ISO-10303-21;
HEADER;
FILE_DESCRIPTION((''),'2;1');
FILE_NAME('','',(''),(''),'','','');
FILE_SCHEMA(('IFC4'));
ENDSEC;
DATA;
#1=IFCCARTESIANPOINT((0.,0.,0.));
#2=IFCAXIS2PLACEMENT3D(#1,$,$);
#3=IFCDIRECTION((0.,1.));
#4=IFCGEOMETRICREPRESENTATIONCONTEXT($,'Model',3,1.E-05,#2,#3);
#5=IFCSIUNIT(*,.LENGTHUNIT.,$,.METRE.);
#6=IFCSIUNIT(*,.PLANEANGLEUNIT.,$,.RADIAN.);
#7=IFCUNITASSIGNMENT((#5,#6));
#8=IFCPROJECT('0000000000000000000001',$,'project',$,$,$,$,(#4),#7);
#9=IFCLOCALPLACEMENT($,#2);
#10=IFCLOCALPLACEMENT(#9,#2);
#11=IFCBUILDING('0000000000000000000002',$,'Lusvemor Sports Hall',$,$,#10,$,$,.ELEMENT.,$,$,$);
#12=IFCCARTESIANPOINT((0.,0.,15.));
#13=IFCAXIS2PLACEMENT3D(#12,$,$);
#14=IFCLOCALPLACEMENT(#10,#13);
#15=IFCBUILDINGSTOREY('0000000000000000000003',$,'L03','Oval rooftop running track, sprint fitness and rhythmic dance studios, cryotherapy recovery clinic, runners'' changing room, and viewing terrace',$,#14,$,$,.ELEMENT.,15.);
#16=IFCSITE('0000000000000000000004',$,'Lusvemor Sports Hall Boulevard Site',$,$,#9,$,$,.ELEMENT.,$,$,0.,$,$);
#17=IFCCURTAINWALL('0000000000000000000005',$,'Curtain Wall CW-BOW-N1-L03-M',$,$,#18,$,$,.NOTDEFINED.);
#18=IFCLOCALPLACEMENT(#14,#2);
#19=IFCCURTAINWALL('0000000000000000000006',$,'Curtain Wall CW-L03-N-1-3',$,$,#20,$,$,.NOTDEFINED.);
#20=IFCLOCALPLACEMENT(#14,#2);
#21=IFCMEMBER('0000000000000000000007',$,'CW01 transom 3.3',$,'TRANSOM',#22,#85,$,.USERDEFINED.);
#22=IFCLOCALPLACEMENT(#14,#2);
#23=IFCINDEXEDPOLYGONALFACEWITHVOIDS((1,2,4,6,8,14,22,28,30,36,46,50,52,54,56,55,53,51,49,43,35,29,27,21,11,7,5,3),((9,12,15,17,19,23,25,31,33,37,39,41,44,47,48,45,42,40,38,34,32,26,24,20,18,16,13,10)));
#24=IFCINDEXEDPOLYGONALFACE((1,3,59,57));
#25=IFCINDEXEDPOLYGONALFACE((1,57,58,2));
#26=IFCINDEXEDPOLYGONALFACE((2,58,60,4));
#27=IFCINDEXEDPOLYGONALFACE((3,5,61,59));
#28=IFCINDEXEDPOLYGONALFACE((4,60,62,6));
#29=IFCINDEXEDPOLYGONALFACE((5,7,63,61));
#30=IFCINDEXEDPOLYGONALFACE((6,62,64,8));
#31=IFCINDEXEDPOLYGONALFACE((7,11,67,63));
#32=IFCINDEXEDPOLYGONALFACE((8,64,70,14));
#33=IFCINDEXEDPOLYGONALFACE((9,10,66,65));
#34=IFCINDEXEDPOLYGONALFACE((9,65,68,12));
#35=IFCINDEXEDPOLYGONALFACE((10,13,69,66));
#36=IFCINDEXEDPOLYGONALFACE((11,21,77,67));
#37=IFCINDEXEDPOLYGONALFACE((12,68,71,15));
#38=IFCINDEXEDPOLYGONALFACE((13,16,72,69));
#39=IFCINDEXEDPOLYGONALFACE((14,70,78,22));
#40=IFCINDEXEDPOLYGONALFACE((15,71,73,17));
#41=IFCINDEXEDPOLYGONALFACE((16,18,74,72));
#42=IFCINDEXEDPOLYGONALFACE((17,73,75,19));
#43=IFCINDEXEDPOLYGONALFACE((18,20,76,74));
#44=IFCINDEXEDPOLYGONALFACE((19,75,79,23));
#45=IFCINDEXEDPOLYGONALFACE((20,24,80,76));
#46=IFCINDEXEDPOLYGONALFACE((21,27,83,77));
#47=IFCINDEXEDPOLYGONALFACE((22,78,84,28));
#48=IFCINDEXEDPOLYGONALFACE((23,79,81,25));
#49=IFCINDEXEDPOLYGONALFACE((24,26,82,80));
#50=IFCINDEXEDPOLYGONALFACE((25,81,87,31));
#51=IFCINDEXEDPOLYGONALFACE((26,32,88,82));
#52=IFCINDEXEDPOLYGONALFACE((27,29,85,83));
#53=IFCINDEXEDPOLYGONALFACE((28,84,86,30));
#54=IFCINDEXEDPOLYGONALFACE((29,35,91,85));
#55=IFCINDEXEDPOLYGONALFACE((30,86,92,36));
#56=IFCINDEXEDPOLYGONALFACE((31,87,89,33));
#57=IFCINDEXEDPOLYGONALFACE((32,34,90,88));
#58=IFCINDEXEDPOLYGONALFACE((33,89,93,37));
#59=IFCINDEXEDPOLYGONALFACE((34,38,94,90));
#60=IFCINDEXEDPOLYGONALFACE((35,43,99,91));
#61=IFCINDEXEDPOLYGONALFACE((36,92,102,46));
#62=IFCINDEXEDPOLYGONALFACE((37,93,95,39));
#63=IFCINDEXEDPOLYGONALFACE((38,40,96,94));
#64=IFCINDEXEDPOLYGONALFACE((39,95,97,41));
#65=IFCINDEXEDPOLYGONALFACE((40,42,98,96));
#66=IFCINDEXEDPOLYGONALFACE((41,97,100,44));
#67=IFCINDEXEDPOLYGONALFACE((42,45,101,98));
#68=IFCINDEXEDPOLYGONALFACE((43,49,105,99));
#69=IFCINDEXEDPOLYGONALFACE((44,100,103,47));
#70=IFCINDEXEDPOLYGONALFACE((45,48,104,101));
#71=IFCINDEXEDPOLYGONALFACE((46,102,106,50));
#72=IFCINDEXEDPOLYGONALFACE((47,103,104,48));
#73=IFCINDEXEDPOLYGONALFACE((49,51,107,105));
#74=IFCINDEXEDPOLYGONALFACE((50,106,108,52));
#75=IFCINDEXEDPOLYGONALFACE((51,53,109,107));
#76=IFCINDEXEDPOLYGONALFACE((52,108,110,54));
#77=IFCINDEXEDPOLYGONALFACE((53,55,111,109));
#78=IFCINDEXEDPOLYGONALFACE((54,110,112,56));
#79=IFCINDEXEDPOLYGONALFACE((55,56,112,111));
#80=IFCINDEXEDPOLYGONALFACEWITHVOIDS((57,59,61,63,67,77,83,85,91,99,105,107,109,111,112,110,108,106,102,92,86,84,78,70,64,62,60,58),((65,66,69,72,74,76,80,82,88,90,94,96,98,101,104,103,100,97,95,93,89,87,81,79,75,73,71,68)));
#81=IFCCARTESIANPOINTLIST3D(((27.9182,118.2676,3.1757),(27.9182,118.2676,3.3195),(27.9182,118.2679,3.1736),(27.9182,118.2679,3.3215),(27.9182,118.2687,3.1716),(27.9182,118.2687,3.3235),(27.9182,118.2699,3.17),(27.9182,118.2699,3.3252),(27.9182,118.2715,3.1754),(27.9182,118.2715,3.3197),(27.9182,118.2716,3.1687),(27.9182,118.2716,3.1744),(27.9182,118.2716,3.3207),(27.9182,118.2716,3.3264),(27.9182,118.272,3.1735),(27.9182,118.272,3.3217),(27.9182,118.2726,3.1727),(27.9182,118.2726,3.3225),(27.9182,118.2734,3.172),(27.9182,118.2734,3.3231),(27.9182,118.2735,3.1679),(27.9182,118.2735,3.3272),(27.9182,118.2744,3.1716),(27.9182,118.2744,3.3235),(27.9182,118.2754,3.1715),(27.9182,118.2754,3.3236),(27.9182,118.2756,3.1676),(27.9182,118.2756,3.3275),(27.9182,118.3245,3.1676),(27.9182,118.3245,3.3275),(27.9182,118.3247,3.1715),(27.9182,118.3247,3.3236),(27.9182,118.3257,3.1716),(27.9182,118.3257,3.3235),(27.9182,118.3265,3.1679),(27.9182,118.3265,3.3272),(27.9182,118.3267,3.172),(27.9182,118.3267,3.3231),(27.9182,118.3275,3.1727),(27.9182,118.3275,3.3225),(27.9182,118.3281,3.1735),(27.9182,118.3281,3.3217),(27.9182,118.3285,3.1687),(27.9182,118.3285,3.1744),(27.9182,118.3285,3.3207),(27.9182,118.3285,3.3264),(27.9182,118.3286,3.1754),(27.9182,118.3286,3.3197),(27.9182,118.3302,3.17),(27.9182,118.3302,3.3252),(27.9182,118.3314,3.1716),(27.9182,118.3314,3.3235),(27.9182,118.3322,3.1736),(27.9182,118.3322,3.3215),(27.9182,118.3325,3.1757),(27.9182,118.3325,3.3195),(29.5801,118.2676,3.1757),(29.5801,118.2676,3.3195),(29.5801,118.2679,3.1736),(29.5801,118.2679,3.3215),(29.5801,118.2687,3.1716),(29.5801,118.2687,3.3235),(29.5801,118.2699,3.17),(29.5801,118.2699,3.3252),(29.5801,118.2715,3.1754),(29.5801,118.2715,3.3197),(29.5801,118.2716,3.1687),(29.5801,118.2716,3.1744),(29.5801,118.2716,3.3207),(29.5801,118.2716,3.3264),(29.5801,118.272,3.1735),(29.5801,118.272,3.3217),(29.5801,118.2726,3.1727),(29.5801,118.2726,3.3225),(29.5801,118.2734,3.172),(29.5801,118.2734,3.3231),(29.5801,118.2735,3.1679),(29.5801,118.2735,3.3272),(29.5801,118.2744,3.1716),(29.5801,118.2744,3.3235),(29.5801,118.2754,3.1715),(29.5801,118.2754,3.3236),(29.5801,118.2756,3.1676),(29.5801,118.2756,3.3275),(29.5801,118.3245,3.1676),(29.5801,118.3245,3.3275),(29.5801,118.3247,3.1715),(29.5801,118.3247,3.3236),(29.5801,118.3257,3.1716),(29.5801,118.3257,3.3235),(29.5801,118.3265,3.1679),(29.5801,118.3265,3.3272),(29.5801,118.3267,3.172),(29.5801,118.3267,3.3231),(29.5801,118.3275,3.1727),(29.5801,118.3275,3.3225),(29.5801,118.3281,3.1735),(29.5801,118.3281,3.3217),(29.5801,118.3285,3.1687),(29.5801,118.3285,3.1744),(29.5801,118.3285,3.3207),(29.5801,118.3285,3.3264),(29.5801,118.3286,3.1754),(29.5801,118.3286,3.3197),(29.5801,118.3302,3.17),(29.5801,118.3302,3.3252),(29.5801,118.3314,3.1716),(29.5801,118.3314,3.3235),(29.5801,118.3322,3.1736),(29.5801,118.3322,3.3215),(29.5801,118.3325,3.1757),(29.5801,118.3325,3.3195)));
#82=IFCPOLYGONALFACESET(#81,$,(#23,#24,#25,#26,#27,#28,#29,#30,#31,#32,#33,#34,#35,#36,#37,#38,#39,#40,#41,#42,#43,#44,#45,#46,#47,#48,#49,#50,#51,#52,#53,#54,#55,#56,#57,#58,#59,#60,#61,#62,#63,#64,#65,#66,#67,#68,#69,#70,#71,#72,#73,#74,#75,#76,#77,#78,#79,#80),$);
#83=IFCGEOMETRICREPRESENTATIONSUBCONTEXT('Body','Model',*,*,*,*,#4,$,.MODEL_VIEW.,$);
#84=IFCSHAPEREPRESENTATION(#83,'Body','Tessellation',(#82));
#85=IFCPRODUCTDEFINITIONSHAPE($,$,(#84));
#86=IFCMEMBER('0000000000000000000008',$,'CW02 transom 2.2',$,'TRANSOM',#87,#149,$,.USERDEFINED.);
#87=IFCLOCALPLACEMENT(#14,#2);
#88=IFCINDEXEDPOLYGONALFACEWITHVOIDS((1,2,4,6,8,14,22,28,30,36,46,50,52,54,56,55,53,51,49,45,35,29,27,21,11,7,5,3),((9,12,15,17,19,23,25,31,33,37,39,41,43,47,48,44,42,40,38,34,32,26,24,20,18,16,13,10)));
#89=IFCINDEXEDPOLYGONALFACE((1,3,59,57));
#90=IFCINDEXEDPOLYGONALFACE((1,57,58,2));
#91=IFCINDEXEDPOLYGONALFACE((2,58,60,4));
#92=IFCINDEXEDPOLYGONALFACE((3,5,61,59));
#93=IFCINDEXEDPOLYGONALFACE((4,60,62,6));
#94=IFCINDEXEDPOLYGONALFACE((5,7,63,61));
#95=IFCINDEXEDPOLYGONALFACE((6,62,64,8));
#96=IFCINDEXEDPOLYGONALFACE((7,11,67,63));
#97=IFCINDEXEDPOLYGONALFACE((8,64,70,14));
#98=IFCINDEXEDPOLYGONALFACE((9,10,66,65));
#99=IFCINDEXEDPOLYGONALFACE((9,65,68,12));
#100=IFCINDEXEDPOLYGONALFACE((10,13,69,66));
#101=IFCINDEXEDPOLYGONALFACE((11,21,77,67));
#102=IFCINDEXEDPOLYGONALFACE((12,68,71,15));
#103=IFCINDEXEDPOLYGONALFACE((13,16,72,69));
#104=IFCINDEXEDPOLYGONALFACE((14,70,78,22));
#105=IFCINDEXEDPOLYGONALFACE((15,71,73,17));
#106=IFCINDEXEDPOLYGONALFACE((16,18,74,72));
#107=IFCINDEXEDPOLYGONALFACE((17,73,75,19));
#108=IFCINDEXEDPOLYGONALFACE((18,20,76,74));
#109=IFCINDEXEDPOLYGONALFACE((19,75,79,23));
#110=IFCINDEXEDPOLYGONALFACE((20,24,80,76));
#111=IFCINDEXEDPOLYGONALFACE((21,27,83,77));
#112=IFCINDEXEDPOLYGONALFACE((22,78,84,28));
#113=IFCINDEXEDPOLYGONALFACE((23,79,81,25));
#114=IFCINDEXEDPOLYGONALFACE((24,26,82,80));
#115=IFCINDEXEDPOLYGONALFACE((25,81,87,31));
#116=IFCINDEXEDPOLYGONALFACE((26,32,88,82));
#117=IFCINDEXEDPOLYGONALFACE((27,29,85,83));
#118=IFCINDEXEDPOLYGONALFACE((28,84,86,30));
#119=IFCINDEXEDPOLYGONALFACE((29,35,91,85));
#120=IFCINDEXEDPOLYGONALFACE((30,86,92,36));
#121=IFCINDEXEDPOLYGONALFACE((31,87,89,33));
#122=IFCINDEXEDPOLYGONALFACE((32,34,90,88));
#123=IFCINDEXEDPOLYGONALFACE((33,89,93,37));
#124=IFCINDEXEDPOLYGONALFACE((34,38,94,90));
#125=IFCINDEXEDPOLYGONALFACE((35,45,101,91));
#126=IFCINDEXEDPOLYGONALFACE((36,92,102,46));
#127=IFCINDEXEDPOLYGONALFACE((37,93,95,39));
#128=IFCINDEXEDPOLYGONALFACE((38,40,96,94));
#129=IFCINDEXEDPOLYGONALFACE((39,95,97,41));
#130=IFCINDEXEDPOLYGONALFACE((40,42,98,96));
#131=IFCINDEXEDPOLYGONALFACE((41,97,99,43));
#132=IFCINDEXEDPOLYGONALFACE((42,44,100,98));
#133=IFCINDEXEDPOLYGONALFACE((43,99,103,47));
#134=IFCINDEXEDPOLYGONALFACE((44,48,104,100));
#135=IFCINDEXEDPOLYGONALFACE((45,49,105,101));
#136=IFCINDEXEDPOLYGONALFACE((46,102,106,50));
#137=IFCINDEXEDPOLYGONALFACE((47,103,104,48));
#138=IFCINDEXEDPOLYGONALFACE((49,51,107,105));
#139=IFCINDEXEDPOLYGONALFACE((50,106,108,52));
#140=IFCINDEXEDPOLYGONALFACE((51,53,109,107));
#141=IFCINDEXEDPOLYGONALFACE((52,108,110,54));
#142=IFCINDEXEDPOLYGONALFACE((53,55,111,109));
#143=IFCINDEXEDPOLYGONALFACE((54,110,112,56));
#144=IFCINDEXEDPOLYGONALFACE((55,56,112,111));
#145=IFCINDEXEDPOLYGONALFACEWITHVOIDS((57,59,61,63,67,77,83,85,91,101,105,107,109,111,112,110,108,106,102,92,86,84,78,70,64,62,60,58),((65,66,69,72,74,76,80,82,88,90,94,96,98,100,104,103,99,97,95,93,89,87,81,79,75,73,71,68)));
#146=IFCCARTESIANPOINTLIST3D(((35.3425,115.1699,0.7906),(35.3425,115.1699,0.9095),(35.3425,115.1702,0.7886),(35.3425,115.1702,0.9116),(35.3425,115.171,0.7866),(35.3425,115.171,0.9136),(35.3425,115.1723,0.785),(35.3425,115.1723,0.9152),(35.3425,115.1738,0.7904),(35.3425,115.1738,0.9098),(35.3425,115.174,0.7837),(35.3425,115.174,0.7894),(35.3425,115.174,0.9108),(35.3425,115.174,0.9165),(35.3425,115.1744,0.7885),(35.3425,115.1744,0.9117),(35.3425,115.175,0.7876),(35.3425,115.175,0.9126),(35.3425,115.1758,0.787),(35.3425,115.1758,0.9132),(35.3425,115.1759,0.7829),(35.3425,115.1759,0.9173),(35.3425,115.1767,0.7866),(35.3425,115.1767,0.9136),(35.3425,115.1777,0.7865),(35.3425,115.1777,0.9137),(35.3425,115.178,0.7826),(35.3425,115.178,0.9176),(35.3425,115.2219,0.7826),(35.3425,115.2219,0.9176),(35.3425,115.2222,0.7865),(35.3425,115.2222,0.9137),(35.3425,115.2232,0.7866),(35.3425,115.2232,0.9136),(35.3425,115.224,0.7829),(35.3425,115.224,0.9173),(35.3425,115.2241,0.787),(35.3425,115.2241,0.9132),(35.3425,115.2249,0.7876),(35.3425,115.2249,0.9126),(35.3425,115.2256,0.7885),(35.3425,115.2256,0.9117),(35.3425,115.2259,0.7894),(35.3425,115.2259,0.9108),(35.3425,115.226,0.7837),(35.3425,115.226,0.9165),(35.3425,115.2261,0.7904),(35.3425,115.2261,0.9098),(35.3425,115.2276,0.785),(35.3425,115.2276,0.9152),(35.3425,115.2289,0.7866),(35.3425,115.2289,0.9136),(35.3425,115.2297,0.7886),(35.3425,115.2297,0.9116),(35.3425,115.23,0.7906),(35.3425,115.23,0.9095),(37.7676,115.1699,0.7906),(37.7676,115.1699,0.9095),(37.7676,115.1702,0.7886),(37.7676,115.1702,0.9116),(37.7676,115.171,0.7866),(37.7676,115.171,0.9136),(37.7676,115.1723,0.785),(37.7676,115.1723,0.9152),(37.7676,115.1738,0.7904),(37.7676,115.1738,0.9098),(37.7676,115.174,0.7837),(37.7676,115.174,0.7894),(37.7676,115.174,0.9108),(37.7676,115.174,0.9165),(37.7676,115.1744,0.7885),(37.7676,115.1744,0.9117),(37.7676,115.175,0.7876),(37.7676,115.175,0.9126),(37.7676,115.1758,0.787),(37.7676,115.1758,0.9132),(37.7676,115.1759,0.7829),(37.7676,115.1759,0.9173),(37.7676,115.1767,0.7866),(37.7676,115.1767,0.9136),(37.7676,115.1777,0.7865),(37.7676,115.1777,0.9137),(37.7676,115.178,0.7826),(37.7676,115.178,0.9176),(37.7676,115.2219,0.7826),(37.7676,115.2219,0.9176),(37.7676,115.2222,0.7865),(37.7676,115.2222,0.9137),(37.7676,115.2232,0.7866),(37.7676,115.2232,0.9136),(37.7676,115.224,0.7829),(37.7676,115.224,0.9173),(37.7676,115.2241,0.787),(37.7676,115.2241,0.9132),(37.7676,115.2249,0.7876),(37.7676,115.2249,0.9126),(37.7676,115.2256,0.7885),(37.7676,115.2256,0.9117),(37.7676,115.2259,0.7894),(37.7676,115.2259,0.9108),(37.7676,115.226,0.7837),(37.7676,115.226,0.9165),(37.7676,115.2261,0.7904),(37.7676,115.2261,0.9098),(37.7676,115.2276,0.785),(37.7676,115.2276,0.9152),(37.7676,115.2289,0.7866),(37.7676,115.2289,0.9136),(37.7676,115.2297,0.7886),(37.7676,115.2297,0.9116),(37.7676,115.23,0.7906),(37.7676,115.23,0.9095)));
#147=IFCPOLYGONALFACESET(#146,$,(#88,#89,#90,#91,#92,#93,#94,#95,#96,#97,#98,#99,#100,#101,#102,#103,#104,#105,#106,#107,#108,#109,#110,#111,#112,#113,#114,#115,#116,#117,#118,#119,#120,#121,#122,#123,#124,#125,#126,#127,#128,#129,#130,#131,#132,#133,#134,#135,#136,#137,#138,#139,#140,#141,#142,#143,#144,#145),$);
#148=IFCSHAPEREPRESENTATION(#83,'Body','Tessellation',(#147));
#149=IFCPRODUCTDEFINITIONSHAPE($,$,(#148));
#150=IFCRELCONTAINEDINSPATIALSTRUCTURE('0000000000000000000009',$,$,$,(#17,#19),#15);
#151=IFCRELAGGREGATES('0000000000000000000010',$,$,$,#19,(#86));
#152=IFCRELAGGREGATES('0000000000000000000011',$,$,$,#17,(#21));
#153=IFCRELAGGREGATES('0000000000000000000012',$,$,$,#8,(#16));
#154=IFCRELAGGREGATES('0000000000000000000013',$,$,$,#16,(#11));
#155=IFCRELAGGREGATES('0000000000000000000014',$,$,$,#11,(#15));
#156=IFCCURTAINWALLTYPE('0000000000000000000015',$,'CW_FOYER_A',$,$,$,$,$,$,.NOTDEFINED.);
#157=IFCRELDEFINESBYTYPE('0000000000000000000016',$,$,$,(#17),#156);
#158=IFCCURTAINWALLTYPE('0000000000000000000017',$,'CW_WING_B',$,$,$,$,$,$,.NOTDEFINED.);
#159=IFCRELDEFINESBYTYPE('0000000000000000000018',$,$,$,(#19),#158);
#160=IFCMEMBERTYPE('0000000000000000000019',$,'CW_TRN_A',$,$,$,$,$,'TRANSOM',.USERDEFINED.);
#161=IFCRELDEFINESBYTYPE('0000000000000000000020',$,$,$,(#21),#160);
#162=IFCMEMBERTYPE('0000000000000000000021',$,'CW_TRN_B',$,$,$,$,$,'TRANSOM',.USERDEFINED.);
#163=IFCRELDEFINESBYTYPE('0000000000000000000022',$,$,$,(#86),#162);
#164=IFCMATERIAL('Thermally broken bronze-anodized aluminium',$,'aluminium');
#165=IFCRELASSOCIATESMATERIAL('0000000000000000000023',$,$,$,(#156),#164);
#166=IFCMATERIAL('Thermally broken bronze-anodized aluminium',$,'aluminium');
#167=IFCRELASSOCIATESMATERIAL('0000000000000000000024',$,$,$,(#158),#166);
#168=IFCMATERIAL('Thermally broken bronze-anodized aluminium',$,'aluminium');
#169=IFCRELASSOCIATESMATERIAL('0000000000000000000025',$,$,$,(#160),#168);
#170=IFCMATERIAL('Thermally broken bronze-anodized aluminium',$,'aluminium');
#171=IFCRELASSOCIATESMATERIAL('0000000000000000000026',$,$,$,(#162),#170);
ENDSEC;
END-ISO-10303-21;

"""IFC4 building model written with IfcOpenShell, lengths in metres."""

from ifc_helpers import new_model, si_unit, direction, frame, origin, origin_2d, place, context, subcontext, project, spatial, hollow_rectangle, extrude, material, material_profile, profile_set, type_object, element, aggregate, save


model = new_model("IFC4")

# Units and contexts
model_context = context("Model", 3, precision=1e-05, world=origin(), true_north=direction((0.0, 1.0)))
body_context = subcontext(model_context, "Body", "Model", "MODEL_VIEW")
ifc_project = project(units=[si_unit("LENGTHUNIT", "METRE"), si_unit("PLANEANGLEUNIT", "RADIAN")], contexts=[model_context])

# Site, building, storey
site_placement = place(None, origin())
site = spatial("IfcSite", under=ifc_project, at=site_placement, Name="Lusvemor Sports Hall Boulevard Site", CompositionType="ELEMENT", RefElevation=0.0)
building_placement = place(site_placement, origin())
building = spatial("IfcBuilding", under=site, at=building_placement, Name="Lusvemor Sports Hall", CompositionType="ELEMENT")
storey_placement = place(building_placement, frame((0.0, 0.0, 15.0)))
storey = spatial("IfcBuildingStorey", under=building, at=storey_placement, Name="L03", Description="Oval rooftop running track, sprint fitness and rhythmic dance studios, cryotherapy recovery clinic, runners' changing room, and viewing terrace", CompositionType="ELEMENT", Elevation=15.0)

# Curtain walls
ifc_material_1 = material(Name="Thermally broken bronze-anodized aluminium", Category="aluminium")
curtain_wall_type_1 = type_object("IfcCurtainWallType", Name="CW_FOYER_A", PredefinedType="NOTDEFINED", material=ifc_material_1)
curtain_wall_1_placement = place(storey_placement, origin())
curtain_wall_1 = element("IfcCurtainWall", 1, at=curtain_wall_1_placement, inside=storey, type_object=curtain_wall_type_1, Name="Curtain Wall CW-BOW-N1-L03-M", PredefinedType="NOTDEFINED")
ifc_material_2 = material(Name="Thermally broken bronze-anodized aluminium", Category="aluminium")
curtain_wall_type_2 = type_object("IfcCurtainWallType", Name="CW_WING_B", PredefinedType="NOTDEFINED", material=ifc_material_2)
curtain_wall_2_placement = place(storey_placement, origin())
curtain_wall_2 = element("IfcCurtainWall", 2, at=curtain_wall_2_placement, inside=storey, type_object=curtain_wall_type_2, Name="Curtain Wall CW-L03-N-1-3", PredefinedType="NOTDEFINED")

# Members
ifc_material_3 = material(Name="Thermally broken bronze-anodized aluminium", Category="aluminium")
ifc_material_profile_1 = material_profile(ifc_material_3, hollow_rectangle(XDim=0.0649, YDim=0.1599, WallThickness=0.0039, InnerFilletRadius=0.0039, OuterFilletRadius=0.0081, at=origin_2d()), Name="CWTRN160x65x4")
ifc_profile_set_1 = profile_set([ifc_material_profile_1], Name="Thermally broken bronze-anodized aluminium")
member_type_1 = type_object("IfcMemberType", Name="CW_TRN_A", ElementType="TRANSOM", PredefinedType="USERDEFINED", material=ifc_profile_set_1)
member_1_placement = place(storey_placement, frame((27.9182, 118.3, 3.2476), z_axis=(1.0, 0.0, 0.0), x_axis=(0.0, 1.0, 0.0)))
member_1 = element("IfcMember", 3, at=member_1_placement, type_object=member_type_1, Name="CW01 transom 3.3", ObjectType="TRANSOM", PredefinedType="USERDEFINED", context=body_context, shape_type="SweptSolid", body=[
    extrude(hollow_rectangle(XDim=0.0649, YDim=0.1599, WallThickness=0.0039, InnerFilletRadius=0.0039, OuterFilletRadius=0.0081, at=origin_2d()), origin(), (0.0, 0.0, 1.0), 1.6619),
])
ifc_material_4 = material(Name="Thermally broken bronze-anodized aluminium", Category="aluminium")
ifc_material_profile_2 = material_profile(ifc_material_4, hollow_rectangle(XDim=0.0601, YDim=0.135, WallThickness=0.0039, InnerFilletRadius=0.0039, OuterFilletRadius=0.0081, at=origin_2d()), Name="CWTRN135x60x4")
ifc_profile_set_2 = profile_set([ifc_material_profile_2], Name="Thermally broken bronze-anodized aluminium")
member_type_2 = type_object("IfcMemberType", Name="CW_TRN_B", ElementType="TRANSOM", PredefinedType="USERDEFINED", material=ifc_profile_set_2)
member_2_placement = place(storey_placement, frame((35.3425, 115.2, 0.8501), z_axis=(1.0, 0.0, 0.0), x_axis=(0.0, 1.0, 0.0)))
member_2 = element("IfcMember", 4, at=member_2_placement, type_object=member_type_2, Name="CW02 transom 2.2", ObjectType="TRANSOM", PredefinedType="USERDEFINED", context=body_context, shape_type="SweptSolid", body=[
    extrude(hollow_rectangle(XDim=0.0601, YDim=0.135, WallThickness=0.0039, InnerFilletRadius=0.0039, OuterFilletRadius=0.0081, at=origin_2d()), origin(), (0.0, 0.0, 1.0), 2.425),
])

aggregate(curtain_wall_2, [member_2])
aggregate(curtain_wall_1, [member_1])

save(model, "model.ifc")
